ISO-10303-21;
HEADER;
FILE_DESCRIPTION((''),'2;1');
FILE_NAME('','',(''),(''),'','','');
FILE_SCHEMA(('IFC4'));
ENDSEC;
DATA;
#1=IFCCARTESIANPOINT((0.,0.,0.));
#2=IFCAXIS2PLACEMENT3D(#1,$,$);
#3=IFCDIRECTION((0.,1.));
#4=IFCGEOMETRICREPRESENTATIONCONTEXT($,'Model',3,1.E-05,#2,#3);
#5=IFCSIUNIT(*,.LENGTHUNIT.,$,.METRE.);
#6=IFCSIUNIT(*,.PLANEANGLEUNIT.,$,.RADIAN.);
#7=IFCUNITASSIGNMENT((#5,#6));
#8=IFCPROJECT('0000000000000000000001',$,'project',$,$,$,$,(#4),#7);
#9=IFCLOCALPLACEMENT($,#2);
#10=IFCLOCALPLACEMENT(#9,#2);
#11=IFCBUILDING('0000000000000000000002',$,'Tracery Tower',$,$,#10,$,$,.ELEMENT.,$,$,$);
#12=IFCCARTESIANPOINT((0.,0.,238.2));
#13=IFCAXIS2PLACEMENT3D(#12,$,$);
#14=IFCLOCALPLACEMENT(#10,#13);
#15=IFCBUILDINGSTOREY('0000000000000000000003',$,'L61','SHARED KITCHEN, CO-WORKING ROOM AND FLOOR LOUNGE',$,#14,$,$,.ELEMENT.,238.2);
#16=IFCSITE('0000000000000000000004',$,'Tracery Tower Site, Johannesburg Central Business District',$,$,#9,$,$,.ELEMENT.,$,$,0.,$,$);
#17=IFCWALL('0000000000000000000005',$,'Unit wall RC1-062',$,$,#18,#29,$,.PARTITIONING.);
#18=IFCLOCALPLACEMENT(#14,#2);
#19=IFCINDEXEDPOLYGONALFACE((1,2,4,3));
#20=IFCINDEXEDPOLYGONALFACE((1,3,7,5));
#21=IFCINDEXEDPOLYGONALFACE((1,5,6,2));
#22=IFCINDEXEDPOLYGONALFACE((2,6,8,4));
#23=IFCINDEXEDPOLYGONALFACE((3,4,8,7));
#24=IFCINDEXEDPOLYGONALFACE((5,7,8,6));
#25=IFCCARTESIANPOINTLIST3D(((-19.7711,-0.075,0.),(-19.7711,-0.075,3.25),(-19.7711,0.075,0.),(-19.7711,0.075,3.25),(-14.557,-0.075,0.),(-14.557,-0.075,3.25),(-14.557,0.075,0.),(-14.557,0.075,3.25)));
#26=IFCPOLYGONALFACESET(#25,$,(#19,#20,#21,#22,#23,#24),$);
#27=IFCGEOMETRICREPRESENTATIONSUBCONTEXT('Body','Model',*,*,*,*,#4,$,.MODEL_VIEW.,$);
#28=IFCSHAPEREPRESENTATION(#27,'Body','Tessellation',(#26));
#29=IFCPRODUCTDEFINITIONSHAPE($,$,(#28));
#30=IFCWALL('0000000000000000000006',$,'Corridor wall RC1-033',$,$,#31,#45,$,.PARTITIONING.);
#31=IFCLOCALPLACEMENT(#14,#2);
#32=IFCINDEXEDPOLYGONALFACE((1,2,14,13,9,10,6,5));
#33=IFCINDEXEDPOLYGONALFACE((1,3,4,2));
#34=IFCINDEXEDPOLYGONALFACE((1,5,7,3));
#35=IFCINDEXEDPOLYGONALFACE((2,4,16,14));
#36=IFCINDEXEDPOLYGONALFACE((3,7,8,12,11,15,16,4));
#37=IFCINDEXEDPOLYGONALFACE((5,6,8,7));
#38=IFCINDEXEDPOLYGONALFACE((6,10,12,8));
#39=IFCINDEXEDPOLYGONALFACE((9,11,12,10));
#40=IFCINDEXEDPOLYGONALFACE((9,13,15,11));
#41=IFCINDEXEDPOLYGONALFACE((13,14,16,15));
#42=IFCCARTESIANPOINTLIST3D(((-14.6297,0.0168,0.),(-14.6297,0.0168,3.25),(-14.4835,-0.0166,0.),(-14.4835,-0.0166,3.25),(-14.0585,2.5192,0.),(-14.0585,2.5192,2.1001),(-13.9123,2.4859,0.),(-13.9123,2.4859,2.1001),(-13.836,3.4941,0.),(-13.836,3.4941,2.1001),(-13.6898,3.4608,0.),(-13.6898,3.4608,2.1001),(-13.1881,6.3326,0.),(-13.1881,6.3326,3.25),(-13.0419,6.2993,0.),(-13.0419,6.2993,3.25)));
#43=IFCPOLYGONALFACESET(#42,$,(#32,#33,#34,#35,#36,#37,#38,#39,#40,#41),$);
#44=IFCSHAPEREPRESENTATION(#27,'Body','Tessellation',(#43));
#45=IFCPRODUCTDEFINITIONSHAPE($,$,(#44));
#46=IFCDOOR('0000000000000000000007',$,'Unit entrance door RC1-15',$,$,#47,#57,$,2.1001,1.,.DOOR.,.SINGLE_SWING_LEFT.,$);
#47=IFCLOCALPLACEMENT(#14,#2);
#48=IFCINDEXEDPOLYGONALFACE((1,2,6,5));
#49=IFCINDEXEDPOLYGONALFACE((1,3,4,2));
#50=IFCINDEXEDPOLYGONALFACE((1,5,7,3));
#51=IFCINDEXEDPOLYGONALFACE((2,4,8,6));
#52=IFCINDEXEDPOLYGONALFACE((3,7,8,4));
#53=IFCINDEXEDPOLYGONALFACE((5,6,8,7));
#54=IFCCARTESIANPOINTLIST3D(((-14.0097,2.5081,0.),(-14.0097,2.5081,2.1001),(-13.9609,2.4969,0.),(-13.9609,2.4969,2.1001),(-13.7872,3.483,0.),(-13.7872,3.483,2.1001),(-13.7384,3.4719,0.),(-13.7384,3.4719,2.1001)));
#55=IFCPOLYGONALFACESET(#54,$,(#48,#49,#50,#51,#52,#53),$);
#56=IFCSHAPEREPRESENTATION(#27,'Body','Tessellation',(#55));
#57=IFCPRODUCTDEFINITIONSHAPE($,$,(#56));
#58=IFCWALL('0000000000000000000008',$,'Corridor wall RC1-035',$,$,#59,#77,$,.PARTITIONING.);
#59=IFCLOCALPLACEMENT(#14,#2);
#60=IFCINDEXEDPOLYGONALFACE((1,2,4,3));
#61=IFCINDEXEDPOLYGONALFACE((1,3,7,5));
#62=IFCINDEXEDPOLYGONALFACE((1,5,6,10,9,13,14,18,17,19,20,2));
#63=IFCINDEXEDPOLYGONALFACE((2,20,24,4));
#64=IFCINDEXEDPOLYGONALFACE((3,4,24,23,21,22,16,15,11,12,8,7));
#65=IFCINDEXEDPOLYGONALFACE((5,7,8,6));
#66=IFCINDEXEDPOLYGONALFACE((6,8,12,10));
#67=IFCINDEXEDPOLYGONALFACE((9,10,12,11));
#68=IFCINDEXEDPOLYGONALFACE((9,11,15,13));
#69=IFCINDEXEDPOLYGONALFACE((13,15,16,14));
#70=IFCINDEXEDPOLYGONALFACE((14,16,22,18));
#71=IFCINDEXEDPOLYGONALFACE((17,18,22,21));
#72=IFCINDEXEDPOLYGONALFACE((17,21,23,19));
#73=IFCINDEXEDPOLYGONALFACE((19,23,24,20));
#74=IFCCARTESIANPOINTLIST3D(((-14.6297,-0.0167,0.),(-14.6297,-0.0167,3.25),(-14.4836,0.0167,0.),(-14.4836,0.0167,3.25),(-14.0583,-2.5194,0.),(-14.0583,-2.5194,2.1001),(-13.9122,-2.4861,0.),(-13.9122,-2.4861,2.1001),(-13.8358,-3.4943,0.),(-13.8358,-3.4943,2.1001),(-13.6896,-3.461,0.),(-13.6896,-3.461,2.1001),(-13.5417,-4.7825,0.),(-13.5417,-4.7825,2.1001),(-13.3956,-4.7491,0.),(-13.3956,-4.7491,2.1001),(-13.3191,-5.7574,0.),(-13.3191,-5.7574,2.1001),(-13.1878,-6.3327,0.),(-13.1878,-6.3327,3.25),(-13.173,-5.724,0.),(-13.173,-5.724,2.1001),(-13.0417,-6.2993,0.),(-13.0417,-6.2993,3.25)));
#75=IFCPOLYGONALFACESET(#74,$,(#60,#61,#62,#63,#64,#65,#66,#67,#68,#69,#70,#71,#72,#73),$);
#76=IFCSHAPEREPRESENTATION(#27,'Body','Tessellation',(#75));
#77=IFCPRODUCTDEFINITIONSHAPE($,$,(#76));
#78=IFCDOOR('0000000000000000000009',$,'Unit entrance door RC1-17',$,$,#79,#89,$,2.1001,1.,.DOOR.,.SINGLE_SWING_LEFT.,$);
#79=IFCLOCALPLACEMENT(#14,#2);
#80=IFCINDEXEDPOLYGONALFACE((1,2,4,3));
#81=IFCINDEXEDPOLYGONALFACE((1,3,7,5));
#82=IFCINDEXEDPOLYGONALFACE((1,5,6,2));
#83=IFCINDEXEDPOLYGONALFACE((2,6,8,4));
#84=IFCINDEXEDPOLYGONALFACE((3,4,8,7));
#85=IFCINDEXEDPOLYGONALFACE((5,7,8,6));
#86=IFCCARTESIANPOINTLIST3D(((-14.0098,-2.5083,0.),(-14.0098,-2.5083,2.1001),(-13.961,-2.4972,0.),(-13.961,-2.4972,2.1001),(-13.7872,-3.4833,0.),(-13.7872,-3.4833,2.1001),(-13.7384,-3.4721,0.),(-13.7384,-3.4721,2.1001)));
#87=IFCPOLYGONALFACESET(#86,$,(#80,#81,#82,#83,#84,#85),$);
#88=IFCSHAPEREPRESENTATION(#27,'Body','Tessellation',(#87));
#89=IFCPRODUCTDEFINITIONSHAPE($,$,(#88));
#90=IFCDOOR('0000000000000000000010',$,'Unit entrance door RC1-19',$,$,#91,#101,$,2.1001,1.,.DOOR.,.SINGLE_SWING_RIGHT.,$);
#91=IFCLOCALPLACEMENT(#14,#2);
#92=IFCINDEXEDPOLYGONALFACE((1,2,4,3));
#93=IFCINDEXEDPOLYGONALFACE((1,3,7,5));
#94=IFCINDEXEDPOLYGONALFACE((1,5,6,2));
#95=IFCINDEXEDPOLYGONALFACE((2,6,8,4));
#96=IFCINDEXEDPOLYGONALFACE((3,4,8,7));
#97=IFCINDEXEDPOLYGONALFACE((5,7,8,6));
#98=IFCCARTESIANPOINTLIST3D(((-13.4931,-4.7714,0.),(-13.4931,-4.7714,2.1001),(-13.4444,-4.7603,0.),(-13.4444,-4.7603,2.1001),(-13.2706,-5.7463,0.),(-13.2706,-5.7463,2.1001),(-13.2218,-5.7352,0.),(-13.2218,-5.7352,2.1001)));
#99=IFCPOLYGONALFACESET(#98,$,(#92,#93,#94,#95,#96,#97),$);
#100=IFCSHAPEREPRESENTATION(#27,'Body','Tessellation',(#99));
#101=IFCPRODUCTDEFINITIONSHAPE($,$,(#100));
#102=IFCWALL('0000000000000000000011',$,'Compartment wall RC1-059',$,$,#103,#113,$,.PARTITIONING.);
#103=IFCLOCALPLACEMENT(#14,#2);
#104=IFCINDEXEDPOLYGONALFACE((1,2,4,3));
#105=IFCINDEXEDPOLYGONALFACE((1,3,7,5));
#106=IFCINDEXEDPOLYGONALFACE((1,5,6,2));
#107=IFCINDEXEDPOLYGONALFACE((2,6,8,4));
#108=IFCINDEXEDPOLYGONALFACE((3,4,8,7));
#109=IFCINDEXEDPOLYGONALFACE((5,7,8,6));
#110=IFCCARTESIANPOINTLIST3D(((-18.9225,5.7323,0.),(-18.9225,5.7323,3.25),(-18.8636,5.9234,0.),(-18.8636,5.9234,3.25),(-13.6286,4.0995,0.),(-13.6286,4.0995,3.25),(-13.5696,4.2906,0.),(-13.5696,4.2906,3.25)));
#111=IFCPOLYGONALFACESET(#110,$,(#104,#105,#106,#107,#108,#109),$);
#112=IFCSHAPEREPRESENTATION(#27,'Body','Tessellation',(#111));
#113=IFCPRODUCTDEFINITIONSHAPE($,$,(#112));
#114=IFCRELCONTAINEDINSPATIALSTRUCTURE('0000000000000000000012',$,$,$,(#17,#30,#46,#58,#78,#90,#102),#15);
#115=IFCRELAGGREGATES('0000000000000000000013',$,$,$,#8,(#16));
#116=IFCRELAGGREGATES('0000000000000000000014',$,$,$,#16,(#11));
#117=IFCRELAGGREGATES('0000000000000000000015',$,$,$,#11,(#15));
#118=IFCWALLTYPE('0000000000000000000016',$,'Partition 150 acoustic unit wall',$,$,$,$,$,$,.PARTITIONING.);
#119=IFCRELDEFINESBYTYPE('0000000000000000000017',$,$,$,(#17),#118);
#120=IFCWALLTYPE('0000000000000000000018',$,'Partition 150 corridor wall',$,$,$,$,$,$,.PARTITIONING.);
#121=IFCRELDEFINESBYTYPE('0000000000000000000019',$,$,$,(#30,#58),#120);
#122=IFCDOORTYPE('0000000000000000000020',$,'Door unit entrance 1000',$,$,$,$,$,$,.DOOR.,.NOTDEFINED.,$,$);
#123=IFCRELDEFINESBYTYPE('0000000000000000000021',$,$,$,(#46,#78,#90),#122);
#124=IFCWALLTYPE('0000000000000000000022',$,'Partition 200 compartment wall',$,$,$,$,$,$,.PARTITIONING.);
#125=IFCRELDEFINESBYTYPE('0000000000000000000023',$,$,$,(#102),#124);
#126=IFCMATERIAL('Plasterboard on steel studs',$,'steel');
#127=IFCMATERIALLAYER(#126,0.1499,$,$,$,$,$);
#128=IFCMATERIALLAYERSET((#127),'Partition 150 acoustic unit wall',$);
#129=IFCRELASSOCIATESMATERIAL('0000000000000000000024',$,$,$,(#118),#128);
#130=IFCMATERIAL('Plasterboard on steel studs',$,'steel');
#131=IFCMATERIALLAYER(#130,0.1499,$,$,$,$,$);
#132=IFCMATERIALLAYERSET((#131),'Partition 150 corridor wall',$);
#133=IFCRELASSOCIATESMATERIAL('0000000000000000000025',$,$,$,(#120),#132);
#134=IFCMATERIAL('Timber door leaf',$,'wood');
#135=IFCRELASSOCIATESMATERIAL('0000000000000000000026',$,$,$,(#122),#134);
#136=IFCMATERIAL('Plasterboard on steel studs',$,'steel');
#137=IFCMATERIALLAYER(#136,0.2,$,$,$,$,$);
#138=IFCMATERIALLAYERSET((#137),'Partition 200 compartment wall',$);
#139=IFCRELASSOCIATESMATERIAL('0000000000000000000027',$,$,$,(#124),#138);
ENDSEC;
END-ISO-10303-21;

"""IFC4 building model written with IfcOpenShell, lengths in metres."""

from ifc_helpers import new_model, si_unit, direction, frame, frame_2d, origin, place, context, subcontext, project, spatial, rectangle, extrude, material, layer, layer_set, type_object, element, fill, save


model = new_model("IFC4")

# Units and contexts
model_context = context("Model", 3, precision=1e-05, world=origin(), true_north=direction((0.0, 1.0)))
body_context = subcontext(model_context, "Body", "Model", "MODEL_VIEW")
ifc_project = project(units=[si_unit("LENGTHUNIT", "METRE"), si_unit("PLANEANGLEUNIT", "RADIAN")], contexts=[model_context])

# Site, building, storey
site_placement = place(None, origin())
site = spatial("IfcSite", under=ifc_project, at=site_placement, Name="Tracery Tower Site, Johannesburg Central Business District", CompositionType="ELEMENT", RefElevation=0.0)
building_placement = place(site_placement, origin())
building = spatial("IfcBuilding", under=site, at=building_placement, Name="Tracery Tower", CompositionType="ELEMENT")
storey_placement = place(building_placement, frame((0.0, 0.0, 238.2)))
storey = spatial("IfcBuildingStorey", under=building, at=storey_placement, Name="L61", Description="SHARED KITCHEN, CO-WORKING ROOM AND FLOOR LOUNGE", CompositionType="ELEMENT", Elevation=238.2)

# Wall
ifc_material_1 = material(Name="Plasterboard on steel studs", Category="steel")
ifc_layer_1 = layer(ifc_material_1, 0.1499)
ifc_layer_set_1 = layer_set([ifc_layer_1], Name="Partition 150 acoustic unit wall")
wall_type_1 = type_object("IfcWallType", Name="Partition 150 acoustic unit wall", PredefinedType="PARTITIONING", material=ifc_layer_set_1)
wall_1_placement = place(storey_placement, frame((-19.771, 0.0, 0.0), z_axis=(0.0, 0.0, 1.0), x_axis=(1.0, 0.0, 0.0)))
element("IfcWall", 1, at=wall_1_placement, inside=storey, type_object=wall_type_1, Name="Unit wall RC1-062", PredefinedType="PARTITIONING", context=body_context, shape_type="SweptSolid", body=[
    extrude(rectangle(XDim=5.2141, YDim=0.1499, at=frame_2d((2.6069, 0.0))), origin(), (0.0, 0.0, 1.0), 3.25),
])

# Wall, opening, door
ifc_material_2 = material(Name="Plasterboard on steel studs", Category="steel")
ifc_layer_2 = layer(ifc_material_2, 0.1499)
ifc_layer_set_2 = layer_set([ifc_layer_2], Name="Partition 150 corridor wall")
wall_type_2 = type_object("IfcWallType", Name="Partition 150 corridor wall", PredefinedType="PARTITIONING", material=ifc_layer_set_2)
wall_2_placement = place(storey_placement, frame((-14.5566, 0.0, 0.0), z_axis=(0.0, 0.0, 1.0), x_axis=(0.222533, 0.974925, 0.0)))
wall_2 = element("IfcWall", 2, at=wall_2_placement, inside=storey, type_object=wall_type_2, Name="Corridor wall RC1-033", PredefinedType="PARTITIONING", context=body_context, shape_type="SweptSolid", body=[
    extrude(rectangle(XDim=6.4783, YDim=0.1499, at=frame_2d((3.2393, 0.0))), origin(), (0.0, 0.0, 1.0), 3.25),
])
opening_1_placement = place(wall_2_placement, frame((2.5669, 0.0, 0.0)))
opening_1 = element("IfcOpeningElement", 3, at=opening_1_placement, cuts=wall_2, PredefinedType="OPENING", context=body_context, shape_type="SweptSolid", body=[
    extrude(rectangle(XDim=1.0, YDim=2.1001, at=frame_2d((0.5, 1.05))), frame((0.0, 0.075, 0.0), z_axis=(0.0, -1.0, 0.0), x_axis=(1.0, 0.0, 0.0)), (0.0, 0.0, 1.0), 0.1499),
])
ifc_material_3 = material(Name="Timber door leaf", Category="wood")
door_type_1 = type_object("IfcDoorType", Name="Door unit entrance 1000", OperationType="NOTDEFINED", PredefinedType="DOOR", material=ifc_material_3)
door_1_placement = place(opening_1_placement, origin())
door_1 = element("IfcDoor", 4, at=door_1_placement, inside=storey, type_object=door_type_1, Name="Unit entrance door RC1-15", OperationType="SINGLE_SWING_LEFT", OverallHeight=2.1001, OverallWidth=1.0, PredefinedType="DOOR", context=body_context, shape_type="SweptSolid", body=[
    extrude(rectangle(XDim=1.0, YDim=2.1001, at=frame_2d((0.5, 1.05))), frame((0.0, 0.0249, 0.0), z_axis=(0.0, -1.0, 0.0), x_axis=(1.0, 0.0, 0.0)), (0.0, 0.0, 1.0), 0.05),
])
fill(opening_1, door_1)

# Wall, openings, doors
wall_3_placement = place(storey_placement, frame((-14.5566, 0.0, 0.0), z_axis=(0.0, 0.0, 1.0), x_axis=(0.222569, -0.974917, 0.0)))
wall_3 = element("IfcWall", 5, at=wall_3_placement, inside=storey, type_object=wall_type_2, Name="Corridor wall RC1-035", PredefinedType="PARTITIONING", context=body_context, shape_type="SweptSolid", body=[
    extrude(rectangle(XDim=6.4785, YDim=0.1499, at=frame_2d((3.2393, 0.0))), origin(), (0.0, 0.0, 1.0), 3.25),
])
opening_2_placement = place(wall_3_placement, frame((2.5671, 0.0, 0.0)))
opening_2 = element("IfcOpeningElement", 6, at=opening_2_placement, cuts=wall_3, PredefinedType="OPENING", context=body_context, shape_type="SweptSolid", body=[
    extrude(rectangle(XDim=1.0, YDim=2.1001, at=frame_2d((0.5, 1.05))), frame((0.0, 0.075, 0.0), z_axis=(0.0, -1.0, 0.0), x_axis=(1.0, 0.0, 0.0)), (0.0, 0.0, 1.0), 0.1499),
])
opening_3_placement = place(wall_3_placement, frame((4.8884, 0.0, 0.0)))
opening_3 = element("IfcOpeningElement", 7, at=opening_3_placement, cuts=wall_3, PredefinedType="OPENING", context=body_context, shape_type="SweptSolid", body=[
    extrude(rectangle(XDim=1.0, YDim=2.1001, at=frame_2d((0.5, 1.05))), frame((0.0, 0.075, 0.0), z_axis=(0.0, -1.0, 0.0), x_axis=(1.0, 0.0, 0.0)), (0.0, 0.0, 1.0), 0.1499),
])
door_2_placement = place(opening_2_placement, origin())
door_2 = element("IfcDoor", 8, at=door_2_placement, inside=storey, type_object=door_type_1, Name="Unit entrance door RC1-17", OperationType="SINGLE_SWING_LEFT", OverallHeight=2.1001, OverallWidth=1.0, PredefinedType="DOOR", context=body_context, shape_type="SweptSolid", body=[
    extrude(rectangle(XDim=1.0, YDim=2.1001, at=frame_2d((0.5, 1.05))), frame((0.0, 0.0249, 0.0), z_axis=(0.0, -1.0, 0.0), x_axis=(1.0, 0.0, 0.0)), (0.0, 0.0, 1.0), 0.05),
])
fill(opening_2, door_2)
door_3_placement = place(opening_3_placement, origin())
door_3 = element("IfcDoor", 9, at=door_3_placement, inside=storey, type_object=door_type_1, Name="Unit entrance door RC1-19", OperationType="SINGLE_SWING_RIGHT", OverallHeight=2.1001, OverallWidth=1.0, PredefinedType="DOOR", context=body_context, shape_type="SweptSolid", body=[
    extrude(rectangle(XDim=1.0, YDim=2.1001, at=frame_2d((0.5, 1.05))), frame((0.0, 0.0249, 0.0), z_axis=(0.0, -1.0, 0.0), x_axis=(1.0, 0.0, 0.0)), (0.0, 0.0, 1.0), 0.05),
])
fill(opening_3, door_3)

# Wall
ifc_material_4 = material(Name="Plasterboard on steel studs", Category="steel")
ifc_layer_3 = layer(ifc_material_4, 0.2)
ifc_layer_set_3 = layer_set([ifc_layer_3], Name="Partition 200 compartment wall")
wall_type_3 = type_object("IfcWallType", Name="Partition 200 compartment wall", PredefinedType="PARTITIONING", material=ifc_layer_set_3)
wall_4_placement = place(storey_placement, frame((-18.8931, 5.8279, 0.0), z_axis=(0.0, 0.0, 1.0), x_axis=(0.955581, -0.29473, 0.0)))
element("IfcWall", 10, at=wall_4_placement, inside=storey, type_object=wall_type_3, Name="Compartment wall RC1-059", PredefinedType="PARTITIONING", context=body_context, shape_type="SweptSolid", body=[
    extrude(rectangle(XDim=5.54, YDim=0.2, at=frame_2d((2.77, 0.0))), origin(), (0.0, 0.0, 1.0), 3.25),
])

save(model, "model.ifc")
